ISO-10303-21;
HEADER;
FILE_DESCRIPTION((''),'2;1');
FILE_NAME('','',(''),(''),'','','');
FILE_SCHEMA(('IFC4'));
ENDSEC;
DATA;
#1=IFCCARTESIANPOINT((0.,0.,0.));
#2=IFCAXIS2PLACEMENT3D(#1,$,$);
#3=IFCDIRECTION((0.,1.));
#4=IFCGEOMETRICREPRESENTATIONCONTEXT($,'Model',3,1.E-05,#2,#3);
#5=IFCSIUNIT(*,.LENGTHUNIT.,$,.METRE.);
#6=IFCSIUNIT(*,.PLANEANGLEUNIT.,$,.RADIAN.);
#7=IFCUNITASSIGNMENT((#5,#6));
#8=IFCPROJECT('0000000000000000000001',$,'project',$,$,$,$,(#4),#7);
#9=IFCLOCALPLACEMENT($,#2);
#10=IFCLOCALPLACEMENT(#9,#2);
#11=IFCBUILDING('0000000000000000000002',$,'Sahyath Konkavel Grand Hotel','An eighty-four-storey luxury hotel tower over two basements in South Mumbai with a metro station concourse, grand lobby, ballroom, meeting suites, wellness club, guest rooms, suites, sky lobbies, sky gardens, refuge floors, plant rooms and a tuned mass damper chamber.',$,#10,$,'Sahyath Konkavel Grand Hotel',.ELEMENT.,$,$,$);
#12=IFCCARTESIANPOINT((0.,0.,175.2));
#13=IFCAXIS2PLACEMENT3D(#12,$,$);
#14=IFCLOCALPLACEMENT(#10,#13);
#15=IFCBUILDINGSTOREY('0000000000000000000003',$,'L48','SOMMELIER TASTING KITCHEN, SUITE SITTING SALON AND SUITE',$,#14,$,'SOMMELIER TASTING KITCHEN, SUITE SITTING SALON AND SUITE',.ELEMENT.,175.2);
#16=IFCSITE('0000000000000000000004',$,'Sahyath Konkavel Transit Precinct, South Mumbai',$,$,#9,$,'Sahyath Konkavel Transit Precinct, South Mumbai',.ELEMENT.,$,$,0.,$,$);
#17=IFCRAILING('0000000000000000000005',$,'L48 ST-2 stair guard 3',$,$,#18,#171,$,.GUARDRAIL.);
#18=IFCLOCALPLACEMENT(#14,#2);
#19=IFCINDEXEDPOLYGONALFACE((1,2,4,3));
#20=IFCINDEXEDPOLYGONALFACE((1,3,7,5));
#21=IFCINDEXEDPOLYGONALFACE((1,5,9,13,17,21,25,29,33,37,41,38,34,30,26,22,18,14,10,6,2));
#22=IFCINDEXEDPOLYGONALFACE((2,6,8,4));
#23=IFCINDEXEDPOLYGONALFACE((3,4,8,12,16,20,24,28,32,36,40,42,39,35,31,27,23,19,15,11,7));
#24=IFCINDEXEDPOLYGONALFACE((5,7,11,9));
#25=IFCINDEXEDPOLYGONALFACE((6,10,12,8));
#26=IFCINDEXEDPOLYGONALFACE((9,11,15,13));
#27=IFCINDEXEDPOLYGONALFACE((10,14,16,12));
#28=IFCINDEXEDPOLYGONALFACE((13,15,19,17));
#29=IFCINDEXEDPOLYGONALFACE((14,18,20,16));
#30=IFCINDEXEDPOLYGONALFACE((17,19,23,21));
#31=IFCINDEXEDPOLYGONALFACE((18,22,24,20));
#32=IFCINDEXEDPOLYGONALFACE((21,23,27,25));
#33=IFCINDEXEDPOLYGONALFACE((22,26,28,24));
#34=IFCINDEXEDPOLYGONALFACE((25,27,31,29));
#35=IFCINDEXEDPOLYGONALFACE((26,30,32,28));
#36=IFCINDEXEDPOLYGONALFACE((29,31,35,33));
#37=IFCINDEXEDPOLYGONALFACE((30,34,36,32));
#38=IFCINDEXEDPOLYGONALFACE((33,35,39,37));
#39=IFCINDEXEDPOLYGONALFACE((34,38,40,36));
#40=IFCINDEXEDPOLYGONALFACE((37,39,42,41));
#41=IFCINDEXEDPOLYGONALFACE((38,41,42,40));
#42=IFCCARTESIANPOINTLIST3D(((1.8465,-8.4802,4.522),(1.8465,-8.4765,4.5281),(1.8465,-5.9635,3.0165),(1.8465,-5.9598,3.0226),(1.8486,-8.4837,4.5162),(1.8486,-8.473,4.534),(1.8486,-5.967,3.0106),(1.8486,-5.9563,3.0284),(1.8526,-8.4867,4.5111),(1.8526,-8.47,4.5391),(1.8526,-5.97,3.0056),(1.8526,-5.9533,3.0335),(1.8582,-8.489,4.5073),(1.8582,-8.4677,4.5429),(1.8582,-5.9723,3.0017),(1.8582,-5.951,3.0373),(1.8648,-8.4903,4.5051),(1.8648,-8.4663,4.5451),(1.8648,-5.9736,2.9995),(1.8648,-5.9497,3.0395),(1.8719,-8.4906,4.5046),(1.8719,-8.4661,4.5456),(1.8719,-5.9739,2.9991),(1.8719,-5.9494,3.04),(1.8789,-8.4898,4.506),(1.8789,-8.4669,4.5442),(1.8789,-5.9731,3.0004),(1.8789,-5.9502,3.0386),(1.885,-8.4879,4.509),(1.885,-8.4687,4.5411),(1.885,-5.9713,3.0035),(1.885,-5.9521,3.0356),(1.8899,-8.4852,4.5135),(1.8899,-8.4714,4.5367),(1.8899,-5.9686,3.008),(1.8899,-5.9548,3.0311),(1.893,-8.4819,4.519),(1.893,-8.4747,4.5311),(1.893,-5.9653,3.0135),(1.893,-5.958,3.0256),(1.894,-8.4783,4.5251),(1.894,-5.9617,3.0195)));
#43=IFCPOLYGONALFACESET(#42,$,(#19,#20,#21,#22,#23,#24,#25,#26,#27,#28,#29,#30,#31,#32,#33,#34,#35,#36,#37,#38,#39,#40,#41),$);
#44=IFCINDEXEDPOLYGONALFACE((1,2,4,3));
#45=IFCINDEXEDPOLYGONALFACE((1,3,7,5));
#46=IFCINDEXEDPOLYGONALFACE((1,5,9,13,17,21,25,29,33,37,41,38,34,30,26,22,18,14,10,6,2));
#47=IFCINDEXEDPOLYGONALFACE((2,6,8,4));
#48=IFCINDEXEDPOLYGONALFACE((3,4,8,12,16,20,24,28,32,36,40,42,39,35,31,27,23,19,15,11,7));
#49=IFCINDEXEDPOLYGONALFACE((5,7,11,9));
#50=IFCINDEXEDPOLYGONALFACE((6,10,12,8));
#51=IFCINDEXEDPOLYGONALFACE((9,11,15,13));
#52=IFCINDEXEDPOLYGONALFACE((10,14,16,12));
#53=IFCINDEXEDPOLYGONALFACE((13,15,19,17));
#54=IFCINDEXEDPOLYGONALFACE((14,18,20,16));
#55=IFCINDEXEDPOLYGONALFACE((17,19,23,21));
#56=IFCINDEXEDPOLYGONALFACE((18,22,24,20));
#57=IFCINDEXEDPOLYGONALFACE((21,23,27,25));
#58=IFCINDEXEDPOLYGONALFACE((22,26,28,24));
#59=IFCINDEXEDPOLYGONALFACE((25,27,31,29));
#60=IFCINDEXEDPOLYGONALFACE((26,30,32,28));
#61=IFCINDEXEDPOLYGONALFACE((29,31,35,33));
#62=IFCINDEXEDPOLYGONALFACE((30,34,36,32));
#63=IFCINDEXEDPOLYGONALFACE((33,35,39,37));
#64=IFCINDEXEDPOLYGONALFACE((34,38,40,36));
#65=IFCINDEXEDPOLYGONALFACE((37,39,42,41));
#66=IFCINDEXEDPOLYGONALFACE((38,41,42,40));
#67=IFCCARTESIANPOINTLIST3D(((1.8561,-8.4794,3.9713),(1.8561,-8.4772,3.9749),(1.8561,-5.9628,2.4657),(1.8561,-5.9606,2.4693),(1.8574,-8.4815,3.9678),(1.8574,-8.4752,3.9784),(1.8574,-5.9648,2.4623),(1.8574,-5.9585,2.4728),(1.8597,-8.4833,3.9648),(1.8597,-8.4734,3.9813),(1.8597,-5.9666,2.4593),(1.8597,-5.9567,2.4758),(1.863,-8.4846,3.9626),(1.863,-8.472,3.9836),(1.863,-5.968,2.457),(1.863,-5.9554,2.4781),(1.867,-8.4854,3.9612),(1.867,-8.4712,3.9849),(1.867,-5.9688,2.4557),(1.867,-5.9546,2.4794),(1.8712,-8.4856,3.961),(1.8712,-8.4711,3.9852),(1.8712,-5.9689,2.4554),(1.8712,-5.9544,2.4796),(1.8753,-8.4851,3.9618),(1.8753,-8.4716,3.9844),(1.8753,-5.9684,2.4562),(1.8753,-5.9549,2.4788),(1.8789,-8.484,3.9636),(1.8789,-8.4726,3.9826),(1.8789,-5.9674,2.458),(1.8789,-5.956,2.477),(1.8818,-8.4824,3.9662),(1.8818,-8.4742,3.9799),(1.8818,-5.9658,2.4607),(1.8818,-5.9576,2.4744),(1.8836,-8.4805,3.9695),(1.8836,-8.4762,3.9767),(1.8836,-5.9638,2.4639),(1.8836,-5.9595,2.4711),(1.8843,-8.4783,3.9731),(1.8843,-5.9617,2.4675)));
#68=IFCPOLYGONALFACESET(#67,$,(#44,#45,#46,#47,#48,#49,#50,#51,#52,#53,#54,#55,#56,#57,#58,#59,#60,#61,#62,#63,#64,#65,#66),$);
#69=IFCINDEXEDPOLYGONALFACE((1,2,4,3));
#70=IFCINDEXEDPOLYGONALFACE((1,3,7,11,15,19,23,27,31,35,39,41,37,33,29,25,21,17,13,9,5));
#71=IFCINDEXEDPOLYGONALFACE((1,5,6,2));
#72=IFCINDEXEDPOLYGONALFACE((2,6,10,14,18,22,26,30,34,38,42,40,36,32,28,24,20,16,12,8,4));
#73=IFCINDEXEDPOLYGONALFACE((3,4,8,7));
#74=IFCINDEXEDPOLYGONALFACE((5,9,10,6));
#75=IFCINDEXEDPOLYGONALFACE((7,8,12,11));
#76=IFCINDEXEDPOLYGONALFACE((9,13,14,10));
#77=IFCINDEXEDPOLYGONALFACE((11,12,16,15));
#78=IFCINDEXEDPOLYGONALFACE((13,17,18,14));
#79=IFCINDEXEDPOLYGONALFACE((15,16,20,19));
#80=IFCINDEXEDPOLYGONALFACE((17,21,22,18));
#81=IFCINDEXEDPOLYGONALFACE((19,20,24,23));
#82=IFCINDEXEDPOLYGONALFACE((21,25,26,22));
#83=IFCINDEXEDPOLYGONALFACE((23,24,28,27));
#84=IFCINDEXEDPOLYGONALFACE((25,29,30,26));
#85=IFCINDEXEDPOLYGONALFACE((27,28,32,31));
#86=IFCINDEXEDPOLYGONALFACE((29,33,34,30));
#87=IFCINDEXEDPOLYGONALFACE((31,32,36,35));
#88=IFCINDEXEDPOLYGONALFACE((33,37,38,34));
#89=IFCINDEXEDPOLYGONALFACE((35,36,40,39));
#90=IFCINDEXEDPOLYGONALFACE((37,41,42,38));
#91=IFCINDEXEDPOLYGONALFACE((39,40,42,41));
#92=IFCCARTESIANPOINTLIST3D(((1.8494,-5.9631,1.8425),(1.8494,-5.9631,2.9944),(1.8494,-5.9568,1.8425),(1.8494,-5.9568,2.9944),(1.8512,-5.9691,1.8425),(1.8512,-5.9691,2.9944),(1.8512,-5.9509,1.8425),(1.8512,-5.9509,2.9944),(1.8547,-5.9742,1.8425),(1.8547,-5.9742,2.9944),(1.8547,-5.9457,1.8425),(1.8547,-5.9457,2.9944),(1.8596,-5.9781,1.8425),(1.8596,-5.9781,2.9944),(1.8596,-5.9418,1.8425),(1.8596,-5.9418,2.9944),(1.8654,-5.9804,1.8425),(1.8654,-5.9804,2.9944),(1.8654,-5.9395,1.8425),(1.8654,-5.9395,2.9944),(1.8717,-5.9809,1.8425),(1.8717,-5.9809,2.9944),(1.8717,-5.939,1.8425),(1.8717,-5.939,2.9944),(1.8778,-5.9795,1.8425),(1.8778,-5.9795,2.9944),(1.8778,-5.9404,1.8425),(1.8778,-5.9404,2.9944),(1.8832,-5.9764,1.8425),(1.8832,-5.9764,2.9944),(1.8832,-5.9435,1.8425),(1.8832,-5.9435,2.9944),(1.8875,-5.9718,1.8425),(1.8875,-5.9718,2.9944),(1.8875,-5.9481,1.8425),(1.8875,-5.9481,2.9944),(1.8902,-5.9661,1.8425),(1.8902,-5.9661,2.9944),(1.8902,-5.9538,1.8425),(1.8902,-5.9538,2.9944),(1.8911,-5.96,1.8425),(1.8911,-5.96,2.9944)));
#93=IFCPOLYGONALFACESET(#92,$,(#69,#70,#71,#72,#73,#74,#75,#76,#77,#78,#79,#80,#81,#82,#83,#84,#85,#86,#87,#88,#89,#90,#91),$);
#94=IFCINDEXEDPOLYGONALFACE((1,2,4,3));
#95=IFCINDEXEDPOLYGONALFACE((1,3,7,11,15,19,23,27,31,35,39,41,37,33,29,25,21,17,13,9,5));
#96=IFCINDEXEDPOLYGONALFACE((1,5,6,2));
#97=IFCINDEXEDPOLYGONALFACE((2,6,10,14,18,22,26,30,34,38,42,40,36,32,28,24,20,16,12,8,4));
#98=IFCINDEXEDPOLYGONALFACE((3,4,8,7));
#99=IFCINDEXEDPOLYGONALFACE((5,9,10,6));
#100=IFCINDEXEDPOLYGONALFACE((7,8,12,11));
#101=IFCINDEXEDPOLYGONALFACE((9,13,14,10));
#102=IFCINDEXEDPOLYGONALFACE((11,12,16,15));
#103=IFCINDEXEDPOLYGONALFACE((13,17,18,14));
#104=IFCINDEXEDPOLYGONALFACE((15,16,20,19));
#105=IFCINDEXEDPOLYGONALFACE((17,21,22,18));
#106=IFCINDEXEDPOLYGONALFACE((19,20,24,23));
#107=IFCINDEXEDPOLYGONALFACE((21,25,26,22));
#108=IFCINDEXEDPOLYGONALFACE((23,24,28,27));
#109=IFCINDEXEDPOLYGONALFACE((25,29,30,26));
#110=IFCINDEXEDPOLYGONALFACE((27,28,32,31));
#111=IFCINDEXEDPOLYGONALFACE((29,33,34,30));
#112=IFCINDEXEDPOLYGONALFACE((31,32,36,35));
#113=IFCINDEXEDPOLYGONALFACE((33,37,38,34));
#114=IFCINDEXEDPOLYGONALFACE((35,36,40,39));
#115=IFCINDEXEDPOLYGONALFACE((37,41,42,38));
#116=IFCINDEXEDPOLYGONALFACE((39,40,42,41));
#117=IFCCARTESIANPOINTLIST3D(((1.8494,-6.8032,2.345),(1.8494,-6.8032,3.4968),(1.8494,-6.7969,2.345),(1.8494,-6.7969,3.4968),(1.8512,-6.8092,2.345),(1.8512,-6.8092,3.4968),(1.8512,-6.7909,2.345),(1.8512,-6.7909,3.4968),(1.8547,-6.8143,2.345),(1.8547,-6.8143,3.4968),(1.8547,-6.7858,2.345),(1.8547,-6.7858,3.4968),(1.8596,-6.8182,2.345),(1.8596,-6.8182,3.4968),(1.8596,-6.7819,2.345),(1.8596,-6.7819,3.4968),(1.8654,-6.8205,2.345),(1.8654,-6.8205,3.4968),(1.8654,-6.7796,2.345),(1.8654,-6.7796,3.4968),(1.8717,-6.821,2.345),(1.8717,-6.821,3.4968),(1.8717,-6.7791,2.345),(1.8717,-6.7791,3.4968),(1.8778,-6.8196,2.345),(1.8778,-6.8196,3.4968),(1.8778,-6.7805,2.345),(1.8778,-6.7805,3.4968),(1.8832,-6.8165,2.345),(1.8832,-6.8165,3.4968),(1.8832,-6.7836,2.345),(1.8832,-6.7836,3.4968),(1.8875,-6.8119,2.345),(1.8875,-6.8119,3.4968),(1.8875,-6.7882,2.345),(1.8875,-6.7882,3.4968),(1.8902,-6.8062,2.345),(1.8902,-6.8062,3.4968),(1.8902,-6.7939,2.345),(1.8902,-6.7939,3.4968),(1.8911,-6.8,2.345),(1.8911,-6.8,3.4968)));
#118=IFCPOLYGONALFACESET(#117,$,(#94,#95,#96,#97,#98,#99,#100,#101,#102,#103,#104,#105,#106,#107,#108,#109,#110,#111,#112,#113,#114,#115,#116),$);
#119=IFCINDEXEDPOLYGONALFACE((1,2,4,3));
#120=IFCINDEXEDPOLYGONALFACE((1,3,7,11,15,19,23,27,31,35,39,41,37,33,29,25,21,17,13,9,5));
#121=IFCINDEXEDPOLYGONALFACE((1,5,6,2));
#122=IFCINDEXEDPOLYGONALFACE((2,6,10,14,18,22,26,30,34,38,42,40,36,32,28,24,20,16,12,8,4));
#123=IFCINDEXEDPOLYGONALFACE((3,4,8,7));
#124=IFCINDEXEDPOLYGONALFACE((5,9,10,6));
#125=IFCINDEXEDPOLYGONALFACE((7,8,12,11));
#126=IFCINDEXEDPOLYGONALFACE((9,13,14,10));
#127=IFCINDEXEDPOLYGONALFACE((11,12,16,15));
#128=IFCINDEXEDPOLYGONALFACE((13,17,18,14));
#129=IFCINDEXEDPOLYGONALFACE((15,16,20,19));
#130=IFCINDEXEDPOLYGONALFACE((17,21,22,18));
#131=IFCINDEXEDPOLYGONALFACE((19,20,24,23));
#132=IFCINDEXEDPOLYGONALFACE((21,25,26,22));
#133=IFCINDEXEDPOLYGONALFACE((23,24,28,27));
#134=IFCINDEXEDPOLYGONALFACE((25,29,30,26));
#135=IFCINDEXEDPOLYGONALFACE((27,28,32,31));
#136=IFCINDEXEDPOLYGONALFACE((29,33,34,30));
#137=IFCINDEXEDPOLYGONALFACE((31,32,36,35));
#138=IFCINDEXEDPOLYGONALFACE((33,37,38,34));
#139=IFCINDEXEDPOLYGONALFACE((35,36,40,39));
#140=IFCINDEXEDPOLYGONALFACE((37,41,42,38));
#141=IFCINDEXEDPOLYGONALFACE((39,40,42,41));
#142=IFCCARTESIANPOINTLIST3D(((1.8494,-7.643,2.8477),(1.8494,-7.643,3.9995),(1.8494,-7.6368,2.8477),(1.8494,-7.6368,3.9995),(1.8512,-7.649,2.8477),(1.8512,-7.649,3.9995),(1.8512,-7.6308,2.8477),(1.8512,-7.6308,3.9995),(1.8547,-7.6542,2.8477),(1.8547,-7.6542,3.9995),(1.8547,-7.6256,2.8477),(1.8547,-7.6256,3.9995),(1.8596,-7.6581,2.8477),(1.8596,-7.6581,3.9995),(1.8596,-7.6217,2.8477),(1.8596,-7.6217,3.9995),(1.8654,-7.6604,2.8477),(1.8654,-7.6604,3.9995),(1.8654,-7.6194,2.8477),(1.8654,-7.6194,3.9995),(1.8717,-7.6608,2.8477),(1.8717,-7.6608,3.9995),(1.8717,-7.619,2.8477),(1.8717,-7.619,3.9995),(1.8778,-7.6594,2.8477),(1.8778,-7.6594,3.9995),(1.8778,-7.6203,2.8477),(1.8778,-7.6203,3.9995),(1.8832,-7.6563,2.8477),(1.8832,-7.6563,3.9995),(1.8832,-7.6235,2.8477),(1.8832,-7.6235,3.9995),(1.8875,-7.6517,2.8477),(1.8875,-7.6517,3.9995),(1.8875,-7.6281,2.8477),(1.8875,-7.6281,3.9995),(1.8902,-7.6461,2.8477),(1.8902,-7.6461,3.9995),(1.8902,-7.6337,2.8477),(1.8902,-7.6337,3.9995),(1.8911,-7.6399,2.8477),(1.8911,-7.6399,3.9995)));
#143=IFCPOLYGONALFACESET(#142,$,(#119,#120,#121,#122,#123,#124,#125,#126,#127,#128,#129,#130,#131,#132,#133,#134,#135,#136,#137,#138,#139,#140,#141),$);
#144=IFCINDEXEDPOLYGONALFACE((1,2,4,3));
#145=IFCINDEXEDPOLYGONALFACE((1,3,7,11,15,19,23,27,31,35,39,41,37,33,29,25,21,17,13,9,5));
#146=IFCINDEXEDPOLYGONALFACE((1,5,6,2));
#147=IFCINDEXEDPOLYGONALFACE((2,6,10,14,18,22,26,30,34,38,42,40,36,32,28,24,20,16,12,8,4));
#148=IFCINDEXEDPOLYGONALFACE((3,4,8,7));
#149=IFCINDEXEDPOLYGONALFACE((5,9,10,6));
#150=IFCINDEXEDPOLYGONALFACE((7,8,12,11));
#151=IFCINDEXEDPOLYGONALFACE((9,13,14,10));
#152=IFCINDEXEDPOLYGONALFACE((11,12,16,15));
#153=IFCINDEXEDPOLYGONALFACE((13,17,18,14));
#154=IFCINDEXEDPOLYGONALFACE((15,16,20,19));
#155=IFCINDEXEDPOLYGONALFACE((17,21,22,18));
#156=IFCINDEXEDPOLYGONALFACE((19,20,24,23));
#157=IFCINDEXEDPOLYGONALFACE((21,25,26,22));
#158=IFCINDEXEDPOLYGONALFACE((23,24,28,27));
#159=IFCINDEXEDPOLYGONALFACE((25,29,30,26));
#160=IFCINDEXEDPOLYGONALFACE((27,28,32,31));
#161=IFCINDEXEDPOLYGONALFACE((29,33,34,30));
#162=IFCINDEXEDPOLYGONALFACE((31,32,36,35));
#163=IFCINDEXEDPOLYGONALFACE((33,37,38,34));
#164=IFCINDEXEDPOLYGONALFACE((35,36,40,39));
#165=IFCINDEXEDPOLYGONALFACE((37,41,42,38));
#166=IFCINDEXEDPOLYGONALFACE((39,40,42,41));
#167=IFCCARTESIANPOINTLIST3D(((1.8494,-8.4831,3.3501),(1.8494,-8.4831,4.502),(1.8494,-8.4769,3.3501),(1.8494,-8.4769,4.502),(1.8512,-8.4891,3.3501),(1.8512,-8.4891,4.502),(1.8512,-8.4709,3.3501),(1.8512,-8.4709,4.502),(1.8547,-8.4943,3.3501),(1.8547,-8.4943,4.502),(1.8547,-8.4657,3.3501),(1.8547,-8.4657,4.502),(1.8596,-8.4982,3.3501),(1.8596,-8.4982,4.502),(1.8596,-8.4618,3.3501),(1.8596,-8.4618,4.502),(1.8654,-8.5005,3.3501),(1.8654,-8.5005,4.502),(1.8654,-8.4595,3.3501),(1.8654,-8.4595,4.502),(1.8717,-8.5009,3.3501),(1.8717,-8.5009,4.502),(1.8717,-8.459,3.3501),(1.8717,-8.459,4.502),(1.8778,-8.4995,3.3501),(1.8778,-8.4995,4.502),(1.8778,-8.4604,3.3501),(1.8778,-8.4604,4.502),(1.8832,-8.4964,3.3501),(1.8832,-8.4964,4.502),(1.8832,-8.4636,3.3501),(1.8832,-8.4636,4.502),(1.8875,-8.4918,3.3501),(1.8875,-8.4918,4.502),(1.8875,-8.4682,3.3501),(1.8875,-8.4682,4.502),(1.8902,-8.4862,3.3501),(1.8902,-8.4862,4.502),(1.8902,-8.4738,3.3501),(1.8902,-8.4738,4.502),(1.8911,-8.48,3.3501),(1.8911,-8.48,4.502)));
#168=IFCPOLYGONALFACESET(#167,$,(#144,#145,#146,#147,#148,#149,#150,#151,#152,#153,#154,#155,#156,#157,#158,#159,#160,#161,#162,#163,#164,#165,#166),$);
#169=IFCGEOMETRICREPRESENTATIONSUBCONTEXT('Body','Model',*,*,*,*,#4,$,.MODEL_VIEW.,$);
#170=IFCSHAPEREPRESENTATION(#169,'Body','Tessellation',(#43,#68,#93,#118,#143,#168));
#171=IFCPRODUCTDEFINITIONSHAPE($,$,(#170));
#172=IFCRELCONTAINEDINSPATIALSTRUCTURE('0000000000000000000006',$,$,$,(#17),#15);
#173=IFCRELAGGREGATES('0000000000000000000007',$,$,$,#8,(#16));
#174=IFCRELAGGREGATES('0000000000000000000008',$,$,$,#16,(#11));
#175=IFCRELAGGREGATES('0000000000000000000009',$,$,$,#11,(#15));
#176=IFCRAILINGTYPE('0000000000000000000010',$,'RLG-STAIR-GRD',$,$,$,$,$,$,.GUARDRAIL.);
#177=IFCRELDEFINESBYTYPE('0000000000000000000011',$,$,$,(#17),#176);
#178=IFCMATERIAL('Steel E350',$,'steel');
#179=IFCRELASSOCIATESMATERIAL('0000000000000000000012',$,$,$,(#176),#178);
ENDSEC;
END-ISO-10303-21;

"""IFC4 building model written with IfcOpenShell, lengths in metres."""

from ifc_helpers import new_model, si_unit, direction, frame, origin, origin_2d, place, context, subcontext, project, spatial, circle, extrude, material, type_object, element, save


model = new_model("IFC4")

# Units and contexts
model_context = context("Model", 3, precision=1e-05, world=origin(), true_north=direction((0.0, 1.0)))
body_context = subcontext(model_context, "Body", "Model", "MODEL_VIEW")
ifc_project = project(units=[si_unit("LENGTHUNIT", "METRE"), si_unit("PLANEANGLEUNIT", "RADIAN")], contexts=[model_context])

# Site, building, storey
site_placement = place(None, origin())
site = spatial("IfcSite", under=ifc_project, at=site_placement, Name="Sahyath Konkavel Transit Precinct, South Mumbai", LongName="Sahyath Konkavel Transit Precinct, South Mumbai", CompositionType="ELEMENT", RefElevation=0.0)
building_placement = place(site_placement, origin())
building = spatial("IfcBuilding", under=site, at=building_placement, Name="Sahyath Konkavel Grand Hotel", Description="An eighty-four-storey luxury hotel tower over two basements in South Mumbai with a metro station concourse, grand lobby, ballroom, meeting suites, wellness club, guest rooms, suites, sky lobbies, sky gardens, refuge floors, plant rooms and a tuned mass damper chamber.", LongName="Sahyath Konkavel Grand Hotel", CompositionType="ELEMENT")
storey_placement = place(building_placement, frame((0.0, 0.0, 175.2)))
storey = spatial("IfcBuildingStorey", under=building, at=storey_placement, Name="L48", Description="SOMMELIER TASTING KITCHEN, SUITE SITTING SALON AND SUITE", LongName="SOMMELIER TASTING KITCHEN, SUITE SITTING SALON AND SUITE", CompositionType="ELEMENT", Elevation=175.2)

# Shared definitions
ifc_material_1 = material(Name="Steel E350", Category="steel")

# Railing
railing_type_1 = type_object("IfcRailingType", Name="RLG-STAIR-GRD", PredefinedType="GUARDRAIL", material=ifc_material_1)
railing_1_placement = place(storey_placement, frame((1.8701, -5.96, 1.8425)))
element("IfcRailing", 1, at=railing_1_placement, inside=storey, type_object=railing_type_1, Name="L48 ST-2 stair guard 3", PredefinedType="GUARDRAIL", context=body_context, shape_type="SweptSolid", body=[
    extrude(circle(Radius=0.0239, at=origin_2d()), frame((0.0, -0.0017, 1.177), z_axis=(0.0, -0.85816, 0.513383), x_axis=(1.0, 0.0, 0.0)), (0.0, 0.0, 1.0), 2.9326),
    extrude(circle(Radius=0.0142, at=origin_2d()), frame((0.0, -0.0017, 0.625), z_axis=(0.0, -0.85816, 0.513383), x_axis=(1.0, 0.0, 0.0)), (0.0, 0.0, 1.0), 2.9326),
    extrude(circle(Radius=0.021, at=origin_2d()), origin(), (0.0, 0.0, 1.0), 1.1519),
    extrude(circle(Radius=0.021, at=origin_2d()), frame((0.0, -0.8401, 0.5024)), (0.0, 0.0, 1.0), 1.1519),
    extrude(circle(Radius=0.021, at=origin_2d()), frame((0.0, -1.6799, 1.0051)), (0.0, 0.0, 1.0), 1.1519),
    extrude(circle(Radius=0.021, at=origin_2d()), frame((0.0, -2.52, 1.5076)), (0.0, 0.0, 1.0), 1.1519),
])

save(model, "model.ifc")
